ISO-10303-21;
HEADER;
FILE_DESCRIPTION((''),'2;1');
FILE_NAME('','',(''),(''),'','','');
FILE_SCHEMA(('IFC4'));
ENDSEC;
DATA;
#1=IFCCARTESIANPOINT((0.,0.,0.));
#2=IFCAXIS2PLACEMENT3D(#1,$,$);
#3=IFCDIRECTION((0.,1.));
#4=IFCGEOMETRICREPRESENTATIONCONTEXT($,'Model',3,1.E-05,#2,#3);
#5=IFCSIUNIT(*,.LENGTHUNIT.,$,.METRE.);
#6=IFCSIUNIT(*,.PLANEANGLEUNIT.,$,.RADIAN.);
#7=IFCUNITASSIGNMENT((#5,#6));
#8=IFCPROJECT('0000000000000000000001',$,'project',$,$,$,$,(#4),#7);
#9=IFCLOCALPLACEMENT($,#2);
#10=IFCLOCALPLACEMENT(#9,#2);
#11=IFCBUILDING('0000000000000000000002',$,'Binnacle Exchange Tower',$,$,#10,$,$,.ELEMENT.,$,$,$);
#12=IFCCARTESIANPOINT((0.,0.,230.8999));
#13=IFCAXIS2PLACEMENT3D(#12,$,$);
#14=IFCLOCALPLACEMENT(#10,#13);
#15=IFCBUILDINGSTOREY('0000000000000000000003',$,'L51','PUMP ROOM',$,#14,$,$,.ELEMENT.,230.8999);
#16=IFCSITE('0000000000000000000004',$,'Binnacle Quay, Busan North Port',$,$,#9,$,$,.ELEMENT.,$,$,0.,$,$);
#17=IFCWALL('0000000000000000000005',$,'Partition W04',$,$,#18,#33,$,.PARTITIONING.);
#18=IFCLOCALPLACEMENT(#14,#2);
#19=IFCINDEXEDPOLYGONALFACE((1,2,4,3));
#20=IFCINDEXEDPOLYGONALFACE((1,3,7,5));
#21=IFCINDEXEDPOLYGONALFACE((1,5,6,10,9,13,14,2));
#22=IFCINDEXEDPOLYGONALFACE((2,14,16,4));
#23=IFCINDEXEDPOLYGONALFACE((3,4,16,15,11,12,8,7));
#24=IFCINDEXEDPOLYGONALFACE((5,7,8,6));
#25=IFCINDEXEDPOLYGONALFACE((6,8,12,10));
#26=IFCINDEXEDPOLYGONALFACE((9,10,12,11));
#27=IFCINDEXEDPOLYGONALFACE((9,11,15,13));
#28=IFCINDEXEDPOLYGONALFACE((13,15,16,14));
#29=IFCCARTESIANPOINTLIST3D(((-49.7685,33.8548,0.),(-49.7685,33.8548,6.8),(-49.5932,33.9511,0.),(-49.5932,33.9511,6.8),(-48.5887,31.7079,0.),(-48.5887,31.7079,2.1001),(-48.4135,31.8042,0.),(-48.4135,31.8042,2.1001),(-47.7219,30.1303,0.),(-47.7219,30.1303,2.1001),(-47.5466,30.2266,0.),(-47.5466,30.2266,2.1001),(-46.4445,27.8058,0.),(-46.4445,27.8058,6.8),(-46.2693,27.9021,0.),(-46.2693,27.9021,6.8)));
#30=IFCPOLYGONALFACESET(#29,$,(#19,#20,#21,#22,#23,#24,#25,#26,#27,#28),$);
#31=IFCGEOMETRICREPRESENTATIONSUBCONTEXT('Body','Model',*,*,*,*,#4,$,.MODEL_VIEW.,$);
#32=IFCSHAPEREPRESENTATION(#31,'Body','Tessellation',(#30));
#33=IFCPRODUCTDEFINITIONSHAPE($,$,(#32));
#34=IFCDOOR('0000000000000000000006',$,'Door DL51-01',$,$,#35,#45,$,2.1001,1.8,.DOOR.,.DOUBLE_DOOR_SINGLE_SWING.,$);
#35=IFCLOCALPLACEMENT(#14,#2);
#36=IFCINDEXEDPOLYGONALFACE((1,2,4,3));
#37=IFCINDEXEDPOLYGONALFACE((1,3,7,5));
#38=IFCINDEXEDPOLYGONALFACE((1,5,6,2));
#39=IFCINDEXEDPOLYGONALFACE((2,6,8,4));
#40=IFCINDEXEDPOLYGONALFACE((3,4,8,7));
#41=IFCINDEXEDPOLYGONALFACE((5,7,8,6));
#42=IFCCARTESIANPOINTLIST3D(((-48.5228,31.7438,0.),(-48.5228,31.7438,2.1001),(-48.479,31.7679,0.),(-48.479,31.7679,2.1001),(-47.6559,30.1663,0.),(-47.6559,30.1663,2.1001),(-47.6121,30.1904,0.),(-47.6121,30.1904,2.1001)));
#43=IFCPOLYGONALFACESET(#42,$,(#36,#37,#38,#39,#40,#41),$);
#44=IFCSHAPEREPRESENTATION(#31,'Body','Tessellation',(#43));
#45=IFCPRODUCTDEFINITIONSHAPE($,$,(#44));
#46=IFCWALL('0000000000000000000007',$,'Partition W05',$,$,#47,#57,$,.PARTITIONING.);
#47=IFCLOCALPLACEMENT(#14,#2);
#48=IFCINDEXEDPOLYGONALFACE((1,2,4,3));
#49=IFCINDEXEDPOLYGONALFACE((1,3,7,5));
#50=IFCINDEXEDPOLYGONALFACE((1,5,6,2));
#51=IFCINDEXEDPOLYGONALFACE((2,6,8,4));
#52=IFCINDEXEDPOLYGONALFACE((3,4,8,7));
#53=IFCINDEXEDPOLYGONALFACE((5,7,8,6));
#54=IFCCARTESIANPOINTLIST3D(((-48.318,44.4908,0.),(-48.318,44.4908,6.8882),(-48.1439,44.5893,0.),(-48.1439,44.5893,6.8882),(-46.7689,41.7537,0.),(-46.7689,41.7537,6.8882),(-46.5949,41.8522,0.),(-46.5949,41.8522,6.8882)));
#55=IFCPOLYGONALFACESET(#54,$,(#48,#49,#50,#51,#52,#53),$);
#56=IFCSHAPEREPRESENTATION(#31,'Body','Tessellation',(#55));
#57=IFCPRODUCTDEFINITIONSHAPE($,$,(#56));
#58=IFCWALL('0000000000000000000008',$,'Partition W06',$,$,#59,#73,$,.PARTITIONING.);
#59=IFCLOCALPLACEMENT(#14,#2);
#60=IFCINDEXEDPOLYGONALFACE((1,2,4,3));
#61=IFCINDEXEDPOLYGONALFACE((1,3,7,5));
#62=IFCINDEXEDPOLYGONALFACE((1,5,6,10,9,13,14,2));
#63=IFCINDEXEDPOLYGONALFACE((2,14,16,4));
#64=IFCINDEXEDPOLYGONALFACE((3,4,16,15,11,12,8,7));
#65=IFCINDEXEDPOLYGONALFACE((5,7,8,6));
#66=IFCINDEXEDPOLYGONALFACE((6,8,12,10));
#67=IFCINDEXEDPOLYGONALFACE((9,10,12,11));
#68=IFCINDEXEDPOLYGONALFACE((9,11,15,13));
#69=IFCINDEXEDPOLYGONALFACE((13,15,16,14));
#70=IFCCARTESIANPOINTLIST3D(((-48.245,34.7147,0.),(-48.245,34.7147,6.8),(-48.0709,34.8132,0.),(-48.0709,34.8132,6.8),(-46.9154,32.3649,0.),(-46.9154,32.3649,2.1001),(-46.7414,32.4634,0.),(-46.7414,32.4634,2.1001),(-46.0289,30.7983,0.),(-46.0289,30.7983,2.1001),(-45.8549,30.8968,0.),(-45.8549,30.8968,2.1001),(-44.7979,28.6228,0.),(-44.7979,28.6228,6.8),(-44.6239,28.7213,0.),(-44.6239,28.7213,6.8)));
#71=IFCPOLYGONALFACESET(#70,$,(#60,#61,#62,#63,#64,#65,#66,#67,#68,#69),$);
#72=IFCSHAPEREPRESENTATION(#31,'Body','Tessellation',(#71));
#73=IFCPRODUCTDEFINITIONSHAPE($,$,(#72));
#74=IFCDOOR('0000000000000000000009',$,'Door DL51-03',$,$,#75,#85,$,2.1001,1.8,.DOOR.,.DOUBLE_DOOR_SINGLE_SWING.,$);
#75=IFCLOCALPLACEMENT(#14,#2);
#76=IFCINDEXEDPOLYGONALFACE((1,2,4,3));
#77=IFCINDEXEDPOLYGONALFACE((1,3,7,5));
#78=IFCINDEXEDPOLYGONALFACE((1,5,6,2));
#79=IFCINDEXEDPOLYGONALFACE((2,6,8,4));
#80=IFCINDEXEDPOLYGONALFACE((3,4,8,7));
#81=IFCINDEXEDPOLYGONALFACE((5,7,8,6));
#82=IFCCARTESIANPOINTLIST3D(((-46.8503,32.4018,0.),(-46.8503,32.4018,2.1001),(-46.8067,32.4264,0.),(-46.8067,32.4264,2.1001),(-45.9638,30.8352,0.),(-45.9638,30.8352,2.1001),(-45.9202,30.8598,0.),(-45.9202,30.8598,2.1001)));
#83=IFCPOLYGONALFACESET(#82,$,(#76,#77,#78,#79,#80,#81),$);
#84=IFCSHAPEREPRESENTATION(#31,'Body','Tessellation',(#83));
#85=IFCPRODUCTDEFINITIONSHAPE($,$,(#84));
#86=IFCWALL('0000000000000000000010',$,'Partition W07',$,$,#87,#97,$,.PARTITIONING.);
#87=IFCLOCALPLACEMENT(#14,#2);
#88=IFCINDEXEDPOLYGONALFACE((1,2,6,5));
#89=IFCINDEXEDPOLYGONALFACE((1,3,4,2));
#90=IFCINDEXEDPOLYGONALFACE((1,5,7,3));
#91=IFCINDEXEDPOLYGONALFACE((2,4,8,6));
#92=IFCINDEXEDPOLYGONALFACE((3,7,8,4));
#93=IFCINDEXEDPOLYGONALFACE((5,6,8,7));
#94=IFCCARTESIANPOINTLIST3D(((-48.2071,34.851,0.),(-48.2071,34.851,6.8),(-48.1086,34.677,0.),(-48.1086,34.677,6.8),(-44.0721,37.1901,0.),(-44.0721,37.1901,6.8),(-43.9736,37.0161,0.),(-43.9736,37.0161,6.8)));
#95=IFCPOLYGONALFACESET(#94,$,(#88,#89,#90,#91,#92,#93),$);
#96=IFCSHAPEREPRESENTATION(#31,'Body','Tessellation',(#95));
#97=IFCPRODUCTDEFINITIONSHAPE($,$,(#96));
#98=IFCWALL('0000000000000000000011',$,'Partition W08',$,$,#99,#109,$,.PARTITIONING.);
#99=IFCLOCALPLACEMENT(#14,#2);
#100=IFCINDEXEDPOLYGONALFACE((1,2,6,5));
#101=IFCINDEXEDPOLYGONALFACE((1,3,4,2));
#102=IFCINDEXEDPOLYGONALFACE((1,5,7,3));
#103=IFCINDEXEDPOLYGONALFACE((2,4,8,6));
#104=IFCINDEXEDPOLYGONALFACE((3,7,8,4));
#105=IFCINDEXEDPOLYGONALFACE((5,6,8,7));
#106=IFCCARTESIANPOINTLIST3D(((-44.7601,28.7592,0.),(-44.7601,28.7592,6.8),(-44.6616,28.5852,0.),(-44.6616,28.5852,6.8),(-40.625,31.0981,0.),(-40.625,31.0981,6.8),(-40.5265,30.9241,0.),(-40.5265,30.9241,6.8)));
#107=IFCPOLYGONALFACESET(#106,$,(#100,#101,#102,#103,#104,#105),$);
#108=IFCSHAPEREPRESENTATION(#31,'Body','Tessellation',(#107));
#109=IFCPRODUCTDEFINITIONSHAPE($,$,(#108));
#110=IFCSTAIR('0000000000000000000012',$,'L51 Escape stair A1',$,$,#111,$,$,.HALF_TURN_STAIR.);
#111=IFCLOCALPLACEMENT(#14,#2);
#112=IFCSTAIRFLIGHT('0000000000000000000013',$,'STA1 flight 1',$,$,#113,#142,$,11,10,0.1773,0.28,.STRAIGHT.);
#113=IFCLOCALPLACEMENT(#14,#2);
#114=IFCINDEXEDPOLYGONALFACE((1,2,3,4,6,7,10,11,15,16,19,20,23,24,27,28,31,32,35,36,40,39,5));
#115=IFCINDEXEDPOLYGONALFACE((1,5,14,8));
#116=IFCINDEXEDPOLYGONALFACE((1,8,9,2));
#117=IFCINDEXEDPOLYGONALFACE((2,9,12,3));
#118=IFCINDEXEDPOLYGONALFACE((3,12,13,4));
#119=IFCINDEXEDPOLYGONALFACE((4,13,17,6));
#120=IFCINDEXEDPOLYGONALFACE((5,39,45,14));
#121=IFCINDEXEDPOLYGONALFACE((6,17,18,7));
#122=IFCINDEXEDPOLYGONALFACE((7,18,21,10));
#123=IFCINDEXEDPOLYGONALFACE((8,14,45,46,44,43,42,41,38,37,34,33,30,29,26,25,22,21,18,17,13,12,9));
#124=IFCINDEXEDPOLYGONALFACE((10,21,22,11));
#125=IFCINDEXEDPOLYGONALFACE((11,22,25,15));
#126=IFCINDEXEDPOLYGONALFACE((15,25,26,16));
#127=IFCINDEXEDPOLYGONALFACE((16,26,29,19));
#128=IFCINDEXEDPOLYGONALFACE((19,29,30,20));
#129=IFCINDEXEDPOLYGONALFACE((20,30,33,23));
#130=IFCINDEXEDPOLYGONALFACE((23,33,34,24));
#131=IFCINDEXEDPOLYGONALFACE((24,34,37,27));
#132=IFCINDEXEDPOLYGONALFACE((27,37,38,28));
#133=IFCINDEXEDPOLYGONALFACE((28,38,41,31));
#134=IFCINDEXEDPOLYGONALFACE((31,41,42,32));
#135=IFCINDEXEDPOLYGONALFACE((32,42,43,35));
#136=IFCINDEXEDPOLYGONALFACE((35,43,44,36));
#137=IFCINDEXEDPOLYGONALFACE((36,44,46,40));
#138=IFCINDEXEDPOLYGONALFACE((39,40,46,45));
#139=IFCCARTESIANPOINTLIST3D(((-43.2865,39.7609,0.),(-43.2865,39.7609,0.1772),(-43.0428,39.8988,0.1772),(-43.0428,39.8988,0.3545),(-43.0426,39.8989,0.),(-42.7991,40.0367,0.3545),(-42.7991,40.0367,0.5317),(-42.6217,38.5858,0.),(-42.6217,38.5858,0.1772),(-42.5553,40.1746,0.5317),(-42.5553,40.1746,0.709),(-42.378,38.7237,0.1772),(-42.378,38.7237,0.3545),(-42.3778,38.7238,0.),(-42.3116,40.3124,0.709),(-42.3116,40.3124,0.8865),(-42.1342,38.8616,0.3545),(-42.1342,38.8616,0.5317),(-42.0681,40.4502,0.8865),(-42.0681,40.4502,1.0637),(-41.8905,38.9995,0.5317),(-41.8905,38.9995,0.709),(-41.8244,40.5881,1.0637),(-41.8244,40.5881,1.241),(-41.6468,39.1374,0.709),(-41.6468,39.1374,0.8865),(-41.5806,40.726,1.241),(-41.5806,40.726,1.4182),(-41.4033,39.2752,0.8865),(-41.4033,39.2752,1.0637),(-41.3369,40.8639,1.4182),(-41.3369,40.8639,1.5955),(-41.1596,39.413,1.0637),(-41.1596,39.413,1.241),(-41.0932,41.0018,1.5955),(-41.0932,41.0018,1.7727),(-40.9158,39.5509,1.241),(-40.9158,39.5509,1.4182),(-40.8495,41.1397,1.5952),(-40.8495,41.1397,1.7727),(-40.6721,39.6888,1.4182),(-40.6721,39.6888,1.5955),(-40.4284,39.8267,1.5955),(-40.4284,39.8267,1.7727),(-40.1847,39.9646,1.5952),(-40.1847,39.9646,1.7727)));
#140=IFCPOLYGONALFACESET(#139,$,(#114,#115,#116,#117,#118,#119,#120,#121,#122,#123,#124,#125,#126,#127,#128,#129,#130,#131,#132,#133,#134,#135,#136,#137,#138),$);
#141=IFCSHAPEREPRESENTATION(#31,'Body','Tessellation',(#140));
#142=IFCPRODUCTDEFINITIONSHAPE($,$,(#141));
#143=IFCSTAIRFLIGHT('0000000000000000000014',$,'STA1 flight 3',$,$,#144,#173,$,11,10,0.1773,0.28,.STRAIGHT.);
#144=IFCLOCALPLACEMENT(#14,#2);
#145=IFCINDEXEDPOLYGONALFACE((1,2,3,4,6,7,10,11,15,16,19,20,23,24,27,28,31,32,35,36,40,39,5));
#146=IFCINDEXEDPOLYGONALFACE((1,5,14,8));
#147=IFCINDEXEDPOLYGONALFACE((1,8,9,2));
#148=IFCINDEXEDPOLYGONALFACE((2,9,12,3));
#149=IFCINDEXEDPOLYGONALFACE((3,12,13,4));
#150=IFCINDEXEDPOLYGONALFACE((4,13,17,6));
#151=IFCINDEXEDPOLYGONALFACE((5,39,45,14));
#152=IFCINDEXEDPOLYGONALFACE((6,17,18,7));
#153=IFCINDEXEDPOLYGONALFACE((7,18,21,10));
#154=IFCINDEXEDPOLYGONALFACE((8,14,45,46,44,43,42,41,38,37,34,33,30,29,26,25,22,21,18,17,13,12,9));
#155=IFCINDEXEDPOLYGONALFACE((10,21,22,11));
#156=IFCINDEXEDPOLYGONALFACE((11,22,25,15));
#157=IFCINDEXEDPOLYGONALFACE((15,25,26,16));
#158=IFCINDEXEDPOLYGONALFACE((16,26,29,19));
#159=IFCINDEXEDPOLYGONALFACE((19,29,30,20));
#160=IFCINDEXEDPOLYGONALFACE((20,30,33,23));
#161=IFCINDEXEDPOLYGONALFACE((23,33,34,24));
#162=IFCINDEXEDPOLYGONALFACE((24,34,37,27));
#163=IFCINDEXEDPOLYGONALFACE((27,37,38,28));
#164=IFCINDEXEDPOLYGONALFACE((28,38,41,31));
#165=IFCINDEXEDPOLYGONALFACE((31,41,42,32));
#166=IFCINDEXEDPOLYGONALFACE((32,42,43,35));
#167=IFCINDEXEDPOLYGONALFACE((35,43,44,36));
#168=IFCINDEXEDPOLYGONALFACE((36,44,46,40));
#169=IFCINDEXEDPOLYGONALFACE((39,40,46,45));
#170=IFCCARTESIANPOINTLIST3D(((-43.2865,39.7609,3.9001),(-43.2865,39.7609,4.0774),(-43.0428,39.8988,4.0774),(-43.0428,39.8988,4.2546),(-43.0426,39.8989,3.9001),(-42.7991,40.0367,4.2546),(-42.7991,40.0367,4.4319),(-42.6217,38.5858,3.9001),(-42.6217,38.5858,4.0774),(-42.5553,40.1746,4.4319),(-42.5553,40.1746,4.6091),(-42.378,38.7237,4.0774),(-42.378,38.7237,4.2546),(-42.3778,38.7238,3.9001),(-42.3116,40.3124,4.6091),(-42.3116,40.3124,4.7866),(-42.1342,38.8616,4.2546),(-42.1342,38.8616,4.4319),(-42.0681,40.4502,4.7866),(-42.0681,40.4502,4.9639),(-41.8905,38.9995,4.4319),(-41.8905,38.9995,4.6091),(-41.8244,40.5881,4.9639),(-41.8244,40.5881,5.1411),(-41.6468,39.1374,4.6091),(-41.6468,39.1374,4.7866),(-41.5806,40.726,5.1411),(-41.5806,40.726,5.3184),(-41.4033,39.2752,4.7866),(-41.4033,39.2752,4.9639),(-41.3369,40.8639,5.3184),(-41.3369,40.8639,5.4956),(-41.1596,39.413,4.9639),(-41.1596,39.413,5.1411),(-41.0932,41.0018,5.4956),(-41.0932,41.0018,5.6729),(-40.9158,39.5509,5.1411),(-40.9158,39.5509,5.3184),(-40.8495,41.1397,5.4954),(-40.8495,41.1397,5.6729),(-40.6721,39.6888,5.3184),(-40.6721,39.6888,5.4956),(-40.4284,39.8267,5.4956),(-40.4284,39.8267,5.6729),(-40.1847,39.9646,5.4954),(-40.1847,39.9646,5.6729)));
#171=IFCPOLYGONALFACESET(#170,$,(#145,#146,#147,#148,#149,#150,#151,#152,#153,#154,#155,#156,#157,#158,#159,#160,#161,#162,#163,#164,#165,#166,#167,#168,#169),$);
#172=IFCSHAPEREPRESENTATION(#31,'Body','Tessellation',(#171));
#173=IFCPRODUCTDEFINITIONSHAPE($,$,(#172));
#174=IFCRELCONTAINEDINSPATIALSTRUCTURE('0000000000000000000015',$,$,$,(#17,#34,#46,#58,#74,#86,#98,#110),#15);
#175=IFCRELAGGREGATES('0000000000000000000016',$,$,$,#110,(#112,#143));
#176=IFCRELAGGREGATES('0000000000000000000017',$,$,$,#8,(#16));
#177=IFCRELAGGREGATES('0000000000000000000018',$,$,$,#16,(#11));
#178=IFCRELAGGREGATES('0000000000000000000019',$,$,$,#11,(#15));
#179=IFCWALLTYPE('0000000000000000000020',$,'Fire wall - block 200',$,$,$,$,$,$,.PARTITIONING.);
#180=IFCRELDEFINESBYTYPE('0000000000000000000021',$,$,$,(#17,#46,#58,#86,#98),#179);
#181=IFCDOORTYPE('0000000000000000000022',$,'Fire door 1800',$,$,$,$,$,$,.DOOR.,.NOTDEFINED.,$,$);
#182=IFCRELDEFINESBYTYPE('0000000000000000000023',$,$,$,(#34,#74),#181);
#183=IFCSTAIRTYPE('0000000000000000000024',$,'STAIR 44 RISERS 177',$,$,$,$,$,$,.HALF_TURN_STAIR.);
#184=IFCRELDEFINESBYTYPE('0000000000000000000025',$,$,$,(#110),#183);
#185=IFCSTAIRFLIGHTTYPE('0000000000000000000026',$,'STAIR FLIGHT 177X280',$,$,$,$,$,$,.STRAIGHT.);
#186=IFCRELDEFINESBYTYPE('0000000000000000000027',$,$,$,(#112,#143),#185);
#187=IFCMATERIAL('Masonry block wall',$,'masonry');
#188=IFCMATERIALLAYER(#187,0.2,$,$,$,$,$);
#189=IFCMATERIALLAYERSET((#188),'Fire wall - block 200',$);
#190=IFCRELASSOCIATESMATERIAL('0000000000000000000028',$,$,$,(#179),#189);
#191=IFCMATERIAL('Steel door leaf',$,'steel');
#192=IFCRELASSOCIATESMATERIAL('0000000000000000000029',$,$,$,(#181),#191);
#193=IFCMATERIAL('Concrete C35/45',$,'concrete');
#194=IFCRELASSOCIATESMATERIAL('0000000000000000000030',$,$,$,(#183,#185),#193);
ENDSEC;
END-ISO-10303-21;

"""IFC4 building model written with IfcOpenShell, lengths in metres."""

from ifc_helpers import new_model, si_unit, direction, frame, frame_2d, origin, place, context, subcontext, project, spatial, polyline, rectangle, outline, extrude, material, layer, layer_set, type_object, element, fill, aggregate, save


model = new_model("IFC4")

# Units and contexts
model_context = context("Model", 3, precision=1e-05, world=origin(), true_north=direction((0.0, 1.0)))
body_context = subcontext(model_context, "Body", "Model", "MODEL_VIEW")
ifc_project = project(units=[si_unit("LENGTHUNIT", "METRE"), si_unit("PLANEANGLEUNIT", "RADIAN")], contexts=[model_context])

# Site, building, storey
site_placement = place(None, origin())
site = spatial("IfcSite", under=ifc_project, at=site_placement, Name="Binnacle Quay, Busan North Port", CompositionType="ELEMENT", RefElevation=0.0)
building_placement = place(site_placement, origin())
building = spatial("IfcBuilding", under=site, at=building_placement, Name="Binnacle Exchange Tower", CompositionType="ELEMENT")
storey_placement = place(building_placement, frame((0.0, 0.0, 230.8999)))
storey = spatial("IfcBuildingStorey", under=building, at=storey_placement, Name="L51", Description="PUMP ROOM", CompositionType="ELEMENT", Elevation=230.8999)

# Shared definitions
ifc_material_1 = material(Name="Steel door leaf", Category="steel")
ifc_material_2 = material(Name="Masonry block wall", Category="masonry")
ifc_layer_1 = layer(ifc_material_2, 0.2)
ifc_layer_set_1 = layer_set([ifc_layer_1], Name="Fire wall - block 200")
wall_type_1 = type_object("IfcWallType", Name="Fire wall - block 200", PredefinedType="PARTITIONING", material=ifc_layer_set_1)
door_type_1 = type_object("IfcDoorType", Name="Fire door 1800", OperationType="NOTDEFINED", PredefinedType="DOOR", material=ifc_material_1)

# Wall, opening, door
wall_1_placement = place(storey_placement, frame((-49.6809, 33.9031, 0.0), z_axis=(0.0, 0.0, 1.0), x_axis=(0.481583, -0.8764, 0.0)))
wall_1 = element("IfcWall", 1, at=wall_1_placement, inside=storey, type_object=wall_type_1, Name="Partition W04", PredefinedType="PARTITIONING", context=body_context, shape_type="SweptSolid", body=[
    extrude(rectangle(XDim=6.9021, YDim=0.2, at=frame_2d((3.4512, 0.0))), origin(), (0.0, 0.0, 1.0), 6.8),
])
opening_1_placement = place(wall_1_placement, frame((2.45, 0.0, 0.0)))
opening_1 = element("IfcOpeningElement", 2, at=opening_1_placement, cuts=wall_1, PredefinedType="OPENING", context=body_context, shape_type="SweptSolid", body=[
    extrude(rectangle(XDim=1.8, YDim=2.1001, at=frame_2d((0.8999, 1.05))), frame((0.0, 0.1099, 0.0), z_axis=(0.0, -1.0, 0.0), x_axis=(1.0, 0.0, 0.0)), (0.0, 0.0, 1.0), 0.22),
])
door_1_placement = place(opening_1_placement, frame((1.8, 0.0, 0.0), z_axis=(0.0, 0.0, 1.0), x_axis=(-1.0, 0.0, 0.0)))
door_1 = element("IfcDoor", 3, at=door_1_placement, inside=storey, type_object=door_type_1, Name="Door DL51-01", OperationType="DOUBLE_DOOR_SINGLE_SWING", OverallHeight=2.1001, OverallWidth=1.8, PredefinedType="DOOR", context=body_context, shape_type="SweptSolid", body=[
    extrude(rectangle(XDim=1.8, YDim=2.1001, at=frame_2d((0.8999, 1.05))), frame((0.0, 0.0249, 0.0), z_axis=(0.0, -1.0, 0.0), x_axis=(1.0, 0.0, 0.0)), (0.0, 0.0, 1.0), 0.05),
])
fill(opening_1, door_1)

# Wall
wall_2_placement = place(storey_placement, frame((-48.231, 44.54, 0.0), z_axis=(0.0, 0.0, 1.0), x_axis=(0.492548, -0.870285, 0.0)))
element("IfcWall", 4, at=wall_2_placement, inside=storey, type_object=wall_type_1, Name="Partition W05", PredefinedType="PARTITIONING", context=body_context, shape_type="SweptSolid", body=[
    extrude(rectangle(XDim=3.145, YDim=0.2, at=frame_2d((1.5725, 0.0))), origin(), (0.0, 0.0, 1.0), 6.8882),
])

# Wall, opening, door
wall_3_placement = place(storey_placement, frame((-48.158, 34.7639, 0.0), z_axis=(0.0, 0.0, 1.0), x_axis=(0.492472, -0.870328, 0.0)))
wall_3 = element("IfcWall", 5, at=wall_3_placement, inside=storey, type_object=wall_type_1, Name="Partition W06", PredefinedType="PARTITIONING", context=body_context, shape_type="SweptSolid", body=[
    extrude(rectangle(XDim=6.9995, YDim=0.2, at=frame_2d((3.4998, 0.0))), origin(), (0.0, 0.0, 1.0), 6.8),
])
opening_2_placement = place(wall_3_placement, frame((2.7, 0.0, 0.0)))
opening_2 = element("IfcOpeningElement", 6, at=opening_2_placement, cuts=wall_3, PredefinedType="OPENING", context=body_context, shape_type="SweptSolid", body=[
    extrude(rectangle(XDim=1.8, YDim=2.1001, at=frame_2d((0.8999, 1.05))), frame((0.0, 0.1099, 0.0), z_axis=(0.0, -1.0, 0.0), x_axis=(1.0, 0.0, 0.0)), (0.0, 0.0, 1.0), 0.22),
])
door_2_placement = place(opening_2_placement, origin())
door_2 = element("IfcDoor", 7, at=door_2_placement, inside=storey, type_object=door_type_1, Name="Door DL51-03", OperationType="DOUBLE_DOOR_SINGLE_SWING", OverallHeight=2.1001, OverallWidth=1.8, PredefinedType="DOOR", context=body_context, shape_type="SweptSolid", body=[
    extrude(rectangle(XDim=1.8, YDim=2.1001, at=frame_2d((0.8999, 1.05))), frame((0.0, 0.0249, 0.0), z_axis=(0.0, -1.0, 0.0), x_axis=(1.0, 0.0, 0.0)), (0.0, 0.0, 1.0), 0.05),
])
fill(opening_2, door_2)

# Walls
for number, where, z_axis, x_axis, name in (
    (8, (-48.158, 34.7639, 0.0), (0.0, 0.0, 1.0), (0.870389, 0.492365, 0.0), "Partition W07"),
    (9, (-44.7109, 28.6721, 0.0), (0.0, 0.0, 1.0), (0.870411, 0.492326, 0.0), "Partition W08"),
):
    element("IfcWall", number, at=place(storey_placement, frame(where, z_axis=z_axis, x_axis=x_axis)), inside=storey, type_object=wall_type_1, Name=name, PredefinedType="PARTITIONING", context=body_context, shape_type="SweptSolid", body=[
        extrude(rectangle(XDim=4.7507, YDim=0.2, at=frame_2d((2.3755, 0.0))), origin(), (0.0, 0.0, 1.0), 6.8),
    ])

# Stair, stair flights
ifc_material_3 = material(Name="Concrete C35/45", Category="concrete")
stair_type = type_object("IfcStairType", Name="STAIR 44 RISERS 177", PredefinedType="HALF_TURN_STAIR", material=ifc_material_3)
stair_placement = place(storey_placement, origin())
stair = element("IfcStair", 10, at=stair_placement, inside=storey, type_object=stair_type, Name="L51 Escape stair A1", PredefinedType="HALF_TURN_STAIR")
stair_flight_type = type_object("IfcStairFlightType", Name="STAIR FLIGHT 177X280", PredefinedType="STRAIGHT", material=ifc_material_3)
stair_flight_1_placement = place(storey_placement, frame((-42.9541, 39.1733, 0.0), z_axis=(0.0, 0.0, 1.0), x_axis=(0.870356, 0.492424, 0.0)))
stair_flight_1 = element("IfcStairFlight", 11, at=stair_flight_1_placement, type_object=stair_flight_type, Name="STA1 flight 1", NumberOfRisers=11, NumberOfTreads=10, PredefinedType="STRAIGHT", RiserHeight=0.1773, TreadLength=0.28, context=body_context, shape_type="SweptSolid", body=[
    extrude(outline(polyline([(0.0, 0.0), (0.0, 0.1772), (0.28, 0.1772), (0.28, 0.3545), (0.5601, 0.3545), (0.5601, 0.5317), (0.8401, 0.5317), (0.8401, 0.709), (1.1201, 0.709), (1.1201, 0.8865), (1.3999, 0.8865), (1.3999, 1.0637), (1.6799, 1.0637), (1.6799, 1.241), (1.96, 1.241), (1.96, 1.4182), (2.24, 1.4182), (2.24, 1.5955), (2.52, 1.5955), (2.52, 1.7727), (2.8, 1.7727), (2.8, 1.95), (2.8, 1.5952), (0.2803, 0.0), (0.0, 0.0)])), frame((0.0, 0.675, 0.0), z_axis=(0.0, -1.0, 0.0), x_axis=(1.0, 0.0, 0.0)), (0.0, 0.0, 1.0), 1.3501),
])
stair_flight_2_placement = place(storey_placement, frame((-42.9541, 39.1733, 3.9001), z_axis=(0.0, 0.0, 1.0), x_axis=(0.870356, 0.492424, 0.0)))
stair_flight_2 = element("IfcStairFlight", 12, at=stair_flight_2_placement, type_object=stair_flight_type, Name="STA1 flight 3", NumberOfRisers=11, NumberOfTreads=10, PredefinedType="STRAIGHT", RiserHeight=0.1773, TreadLength=0.28, context=body_context, shape_type="SweptSolid", body=[
    extrude(outline(polyline([(0.0, 0.0), (0.0, 0.1772), (0.28, 0.1772), (0.28, 0.3545), (0.5601, 0.3545), (0.5601, 0.5317), (0.8401, 0.5317), (0.8401, 0.709), (1.1201, 0.709), (1.1201, 0.8865), (1.3999, 0.8865), (1.3999, 1.0637), (1.6799, 1.0637), (1.6799, 1.241), (1.96, 1.241), (1.96, 1.4182), (2.24, 1.4182), (2.24, 1.5955), (2.52, 1.5955), (2.52, 1.7727), (2.8, 1.7727), (2.8, 1.95), (2.8, 1.5952), (0.2803, 0.0), (0.0, 0.0)])), frame((0.0, 0.675, 0.0), z_axis=(0.0, -1.0, 0.0), x_axis=(1.0, 0.0, 0.0)), (0.0, 0.0, 1.0), 1.3501),
])
aggregate(stair, [stair_flight_1, stair_flight_2])

save(model, "model.ifc")
